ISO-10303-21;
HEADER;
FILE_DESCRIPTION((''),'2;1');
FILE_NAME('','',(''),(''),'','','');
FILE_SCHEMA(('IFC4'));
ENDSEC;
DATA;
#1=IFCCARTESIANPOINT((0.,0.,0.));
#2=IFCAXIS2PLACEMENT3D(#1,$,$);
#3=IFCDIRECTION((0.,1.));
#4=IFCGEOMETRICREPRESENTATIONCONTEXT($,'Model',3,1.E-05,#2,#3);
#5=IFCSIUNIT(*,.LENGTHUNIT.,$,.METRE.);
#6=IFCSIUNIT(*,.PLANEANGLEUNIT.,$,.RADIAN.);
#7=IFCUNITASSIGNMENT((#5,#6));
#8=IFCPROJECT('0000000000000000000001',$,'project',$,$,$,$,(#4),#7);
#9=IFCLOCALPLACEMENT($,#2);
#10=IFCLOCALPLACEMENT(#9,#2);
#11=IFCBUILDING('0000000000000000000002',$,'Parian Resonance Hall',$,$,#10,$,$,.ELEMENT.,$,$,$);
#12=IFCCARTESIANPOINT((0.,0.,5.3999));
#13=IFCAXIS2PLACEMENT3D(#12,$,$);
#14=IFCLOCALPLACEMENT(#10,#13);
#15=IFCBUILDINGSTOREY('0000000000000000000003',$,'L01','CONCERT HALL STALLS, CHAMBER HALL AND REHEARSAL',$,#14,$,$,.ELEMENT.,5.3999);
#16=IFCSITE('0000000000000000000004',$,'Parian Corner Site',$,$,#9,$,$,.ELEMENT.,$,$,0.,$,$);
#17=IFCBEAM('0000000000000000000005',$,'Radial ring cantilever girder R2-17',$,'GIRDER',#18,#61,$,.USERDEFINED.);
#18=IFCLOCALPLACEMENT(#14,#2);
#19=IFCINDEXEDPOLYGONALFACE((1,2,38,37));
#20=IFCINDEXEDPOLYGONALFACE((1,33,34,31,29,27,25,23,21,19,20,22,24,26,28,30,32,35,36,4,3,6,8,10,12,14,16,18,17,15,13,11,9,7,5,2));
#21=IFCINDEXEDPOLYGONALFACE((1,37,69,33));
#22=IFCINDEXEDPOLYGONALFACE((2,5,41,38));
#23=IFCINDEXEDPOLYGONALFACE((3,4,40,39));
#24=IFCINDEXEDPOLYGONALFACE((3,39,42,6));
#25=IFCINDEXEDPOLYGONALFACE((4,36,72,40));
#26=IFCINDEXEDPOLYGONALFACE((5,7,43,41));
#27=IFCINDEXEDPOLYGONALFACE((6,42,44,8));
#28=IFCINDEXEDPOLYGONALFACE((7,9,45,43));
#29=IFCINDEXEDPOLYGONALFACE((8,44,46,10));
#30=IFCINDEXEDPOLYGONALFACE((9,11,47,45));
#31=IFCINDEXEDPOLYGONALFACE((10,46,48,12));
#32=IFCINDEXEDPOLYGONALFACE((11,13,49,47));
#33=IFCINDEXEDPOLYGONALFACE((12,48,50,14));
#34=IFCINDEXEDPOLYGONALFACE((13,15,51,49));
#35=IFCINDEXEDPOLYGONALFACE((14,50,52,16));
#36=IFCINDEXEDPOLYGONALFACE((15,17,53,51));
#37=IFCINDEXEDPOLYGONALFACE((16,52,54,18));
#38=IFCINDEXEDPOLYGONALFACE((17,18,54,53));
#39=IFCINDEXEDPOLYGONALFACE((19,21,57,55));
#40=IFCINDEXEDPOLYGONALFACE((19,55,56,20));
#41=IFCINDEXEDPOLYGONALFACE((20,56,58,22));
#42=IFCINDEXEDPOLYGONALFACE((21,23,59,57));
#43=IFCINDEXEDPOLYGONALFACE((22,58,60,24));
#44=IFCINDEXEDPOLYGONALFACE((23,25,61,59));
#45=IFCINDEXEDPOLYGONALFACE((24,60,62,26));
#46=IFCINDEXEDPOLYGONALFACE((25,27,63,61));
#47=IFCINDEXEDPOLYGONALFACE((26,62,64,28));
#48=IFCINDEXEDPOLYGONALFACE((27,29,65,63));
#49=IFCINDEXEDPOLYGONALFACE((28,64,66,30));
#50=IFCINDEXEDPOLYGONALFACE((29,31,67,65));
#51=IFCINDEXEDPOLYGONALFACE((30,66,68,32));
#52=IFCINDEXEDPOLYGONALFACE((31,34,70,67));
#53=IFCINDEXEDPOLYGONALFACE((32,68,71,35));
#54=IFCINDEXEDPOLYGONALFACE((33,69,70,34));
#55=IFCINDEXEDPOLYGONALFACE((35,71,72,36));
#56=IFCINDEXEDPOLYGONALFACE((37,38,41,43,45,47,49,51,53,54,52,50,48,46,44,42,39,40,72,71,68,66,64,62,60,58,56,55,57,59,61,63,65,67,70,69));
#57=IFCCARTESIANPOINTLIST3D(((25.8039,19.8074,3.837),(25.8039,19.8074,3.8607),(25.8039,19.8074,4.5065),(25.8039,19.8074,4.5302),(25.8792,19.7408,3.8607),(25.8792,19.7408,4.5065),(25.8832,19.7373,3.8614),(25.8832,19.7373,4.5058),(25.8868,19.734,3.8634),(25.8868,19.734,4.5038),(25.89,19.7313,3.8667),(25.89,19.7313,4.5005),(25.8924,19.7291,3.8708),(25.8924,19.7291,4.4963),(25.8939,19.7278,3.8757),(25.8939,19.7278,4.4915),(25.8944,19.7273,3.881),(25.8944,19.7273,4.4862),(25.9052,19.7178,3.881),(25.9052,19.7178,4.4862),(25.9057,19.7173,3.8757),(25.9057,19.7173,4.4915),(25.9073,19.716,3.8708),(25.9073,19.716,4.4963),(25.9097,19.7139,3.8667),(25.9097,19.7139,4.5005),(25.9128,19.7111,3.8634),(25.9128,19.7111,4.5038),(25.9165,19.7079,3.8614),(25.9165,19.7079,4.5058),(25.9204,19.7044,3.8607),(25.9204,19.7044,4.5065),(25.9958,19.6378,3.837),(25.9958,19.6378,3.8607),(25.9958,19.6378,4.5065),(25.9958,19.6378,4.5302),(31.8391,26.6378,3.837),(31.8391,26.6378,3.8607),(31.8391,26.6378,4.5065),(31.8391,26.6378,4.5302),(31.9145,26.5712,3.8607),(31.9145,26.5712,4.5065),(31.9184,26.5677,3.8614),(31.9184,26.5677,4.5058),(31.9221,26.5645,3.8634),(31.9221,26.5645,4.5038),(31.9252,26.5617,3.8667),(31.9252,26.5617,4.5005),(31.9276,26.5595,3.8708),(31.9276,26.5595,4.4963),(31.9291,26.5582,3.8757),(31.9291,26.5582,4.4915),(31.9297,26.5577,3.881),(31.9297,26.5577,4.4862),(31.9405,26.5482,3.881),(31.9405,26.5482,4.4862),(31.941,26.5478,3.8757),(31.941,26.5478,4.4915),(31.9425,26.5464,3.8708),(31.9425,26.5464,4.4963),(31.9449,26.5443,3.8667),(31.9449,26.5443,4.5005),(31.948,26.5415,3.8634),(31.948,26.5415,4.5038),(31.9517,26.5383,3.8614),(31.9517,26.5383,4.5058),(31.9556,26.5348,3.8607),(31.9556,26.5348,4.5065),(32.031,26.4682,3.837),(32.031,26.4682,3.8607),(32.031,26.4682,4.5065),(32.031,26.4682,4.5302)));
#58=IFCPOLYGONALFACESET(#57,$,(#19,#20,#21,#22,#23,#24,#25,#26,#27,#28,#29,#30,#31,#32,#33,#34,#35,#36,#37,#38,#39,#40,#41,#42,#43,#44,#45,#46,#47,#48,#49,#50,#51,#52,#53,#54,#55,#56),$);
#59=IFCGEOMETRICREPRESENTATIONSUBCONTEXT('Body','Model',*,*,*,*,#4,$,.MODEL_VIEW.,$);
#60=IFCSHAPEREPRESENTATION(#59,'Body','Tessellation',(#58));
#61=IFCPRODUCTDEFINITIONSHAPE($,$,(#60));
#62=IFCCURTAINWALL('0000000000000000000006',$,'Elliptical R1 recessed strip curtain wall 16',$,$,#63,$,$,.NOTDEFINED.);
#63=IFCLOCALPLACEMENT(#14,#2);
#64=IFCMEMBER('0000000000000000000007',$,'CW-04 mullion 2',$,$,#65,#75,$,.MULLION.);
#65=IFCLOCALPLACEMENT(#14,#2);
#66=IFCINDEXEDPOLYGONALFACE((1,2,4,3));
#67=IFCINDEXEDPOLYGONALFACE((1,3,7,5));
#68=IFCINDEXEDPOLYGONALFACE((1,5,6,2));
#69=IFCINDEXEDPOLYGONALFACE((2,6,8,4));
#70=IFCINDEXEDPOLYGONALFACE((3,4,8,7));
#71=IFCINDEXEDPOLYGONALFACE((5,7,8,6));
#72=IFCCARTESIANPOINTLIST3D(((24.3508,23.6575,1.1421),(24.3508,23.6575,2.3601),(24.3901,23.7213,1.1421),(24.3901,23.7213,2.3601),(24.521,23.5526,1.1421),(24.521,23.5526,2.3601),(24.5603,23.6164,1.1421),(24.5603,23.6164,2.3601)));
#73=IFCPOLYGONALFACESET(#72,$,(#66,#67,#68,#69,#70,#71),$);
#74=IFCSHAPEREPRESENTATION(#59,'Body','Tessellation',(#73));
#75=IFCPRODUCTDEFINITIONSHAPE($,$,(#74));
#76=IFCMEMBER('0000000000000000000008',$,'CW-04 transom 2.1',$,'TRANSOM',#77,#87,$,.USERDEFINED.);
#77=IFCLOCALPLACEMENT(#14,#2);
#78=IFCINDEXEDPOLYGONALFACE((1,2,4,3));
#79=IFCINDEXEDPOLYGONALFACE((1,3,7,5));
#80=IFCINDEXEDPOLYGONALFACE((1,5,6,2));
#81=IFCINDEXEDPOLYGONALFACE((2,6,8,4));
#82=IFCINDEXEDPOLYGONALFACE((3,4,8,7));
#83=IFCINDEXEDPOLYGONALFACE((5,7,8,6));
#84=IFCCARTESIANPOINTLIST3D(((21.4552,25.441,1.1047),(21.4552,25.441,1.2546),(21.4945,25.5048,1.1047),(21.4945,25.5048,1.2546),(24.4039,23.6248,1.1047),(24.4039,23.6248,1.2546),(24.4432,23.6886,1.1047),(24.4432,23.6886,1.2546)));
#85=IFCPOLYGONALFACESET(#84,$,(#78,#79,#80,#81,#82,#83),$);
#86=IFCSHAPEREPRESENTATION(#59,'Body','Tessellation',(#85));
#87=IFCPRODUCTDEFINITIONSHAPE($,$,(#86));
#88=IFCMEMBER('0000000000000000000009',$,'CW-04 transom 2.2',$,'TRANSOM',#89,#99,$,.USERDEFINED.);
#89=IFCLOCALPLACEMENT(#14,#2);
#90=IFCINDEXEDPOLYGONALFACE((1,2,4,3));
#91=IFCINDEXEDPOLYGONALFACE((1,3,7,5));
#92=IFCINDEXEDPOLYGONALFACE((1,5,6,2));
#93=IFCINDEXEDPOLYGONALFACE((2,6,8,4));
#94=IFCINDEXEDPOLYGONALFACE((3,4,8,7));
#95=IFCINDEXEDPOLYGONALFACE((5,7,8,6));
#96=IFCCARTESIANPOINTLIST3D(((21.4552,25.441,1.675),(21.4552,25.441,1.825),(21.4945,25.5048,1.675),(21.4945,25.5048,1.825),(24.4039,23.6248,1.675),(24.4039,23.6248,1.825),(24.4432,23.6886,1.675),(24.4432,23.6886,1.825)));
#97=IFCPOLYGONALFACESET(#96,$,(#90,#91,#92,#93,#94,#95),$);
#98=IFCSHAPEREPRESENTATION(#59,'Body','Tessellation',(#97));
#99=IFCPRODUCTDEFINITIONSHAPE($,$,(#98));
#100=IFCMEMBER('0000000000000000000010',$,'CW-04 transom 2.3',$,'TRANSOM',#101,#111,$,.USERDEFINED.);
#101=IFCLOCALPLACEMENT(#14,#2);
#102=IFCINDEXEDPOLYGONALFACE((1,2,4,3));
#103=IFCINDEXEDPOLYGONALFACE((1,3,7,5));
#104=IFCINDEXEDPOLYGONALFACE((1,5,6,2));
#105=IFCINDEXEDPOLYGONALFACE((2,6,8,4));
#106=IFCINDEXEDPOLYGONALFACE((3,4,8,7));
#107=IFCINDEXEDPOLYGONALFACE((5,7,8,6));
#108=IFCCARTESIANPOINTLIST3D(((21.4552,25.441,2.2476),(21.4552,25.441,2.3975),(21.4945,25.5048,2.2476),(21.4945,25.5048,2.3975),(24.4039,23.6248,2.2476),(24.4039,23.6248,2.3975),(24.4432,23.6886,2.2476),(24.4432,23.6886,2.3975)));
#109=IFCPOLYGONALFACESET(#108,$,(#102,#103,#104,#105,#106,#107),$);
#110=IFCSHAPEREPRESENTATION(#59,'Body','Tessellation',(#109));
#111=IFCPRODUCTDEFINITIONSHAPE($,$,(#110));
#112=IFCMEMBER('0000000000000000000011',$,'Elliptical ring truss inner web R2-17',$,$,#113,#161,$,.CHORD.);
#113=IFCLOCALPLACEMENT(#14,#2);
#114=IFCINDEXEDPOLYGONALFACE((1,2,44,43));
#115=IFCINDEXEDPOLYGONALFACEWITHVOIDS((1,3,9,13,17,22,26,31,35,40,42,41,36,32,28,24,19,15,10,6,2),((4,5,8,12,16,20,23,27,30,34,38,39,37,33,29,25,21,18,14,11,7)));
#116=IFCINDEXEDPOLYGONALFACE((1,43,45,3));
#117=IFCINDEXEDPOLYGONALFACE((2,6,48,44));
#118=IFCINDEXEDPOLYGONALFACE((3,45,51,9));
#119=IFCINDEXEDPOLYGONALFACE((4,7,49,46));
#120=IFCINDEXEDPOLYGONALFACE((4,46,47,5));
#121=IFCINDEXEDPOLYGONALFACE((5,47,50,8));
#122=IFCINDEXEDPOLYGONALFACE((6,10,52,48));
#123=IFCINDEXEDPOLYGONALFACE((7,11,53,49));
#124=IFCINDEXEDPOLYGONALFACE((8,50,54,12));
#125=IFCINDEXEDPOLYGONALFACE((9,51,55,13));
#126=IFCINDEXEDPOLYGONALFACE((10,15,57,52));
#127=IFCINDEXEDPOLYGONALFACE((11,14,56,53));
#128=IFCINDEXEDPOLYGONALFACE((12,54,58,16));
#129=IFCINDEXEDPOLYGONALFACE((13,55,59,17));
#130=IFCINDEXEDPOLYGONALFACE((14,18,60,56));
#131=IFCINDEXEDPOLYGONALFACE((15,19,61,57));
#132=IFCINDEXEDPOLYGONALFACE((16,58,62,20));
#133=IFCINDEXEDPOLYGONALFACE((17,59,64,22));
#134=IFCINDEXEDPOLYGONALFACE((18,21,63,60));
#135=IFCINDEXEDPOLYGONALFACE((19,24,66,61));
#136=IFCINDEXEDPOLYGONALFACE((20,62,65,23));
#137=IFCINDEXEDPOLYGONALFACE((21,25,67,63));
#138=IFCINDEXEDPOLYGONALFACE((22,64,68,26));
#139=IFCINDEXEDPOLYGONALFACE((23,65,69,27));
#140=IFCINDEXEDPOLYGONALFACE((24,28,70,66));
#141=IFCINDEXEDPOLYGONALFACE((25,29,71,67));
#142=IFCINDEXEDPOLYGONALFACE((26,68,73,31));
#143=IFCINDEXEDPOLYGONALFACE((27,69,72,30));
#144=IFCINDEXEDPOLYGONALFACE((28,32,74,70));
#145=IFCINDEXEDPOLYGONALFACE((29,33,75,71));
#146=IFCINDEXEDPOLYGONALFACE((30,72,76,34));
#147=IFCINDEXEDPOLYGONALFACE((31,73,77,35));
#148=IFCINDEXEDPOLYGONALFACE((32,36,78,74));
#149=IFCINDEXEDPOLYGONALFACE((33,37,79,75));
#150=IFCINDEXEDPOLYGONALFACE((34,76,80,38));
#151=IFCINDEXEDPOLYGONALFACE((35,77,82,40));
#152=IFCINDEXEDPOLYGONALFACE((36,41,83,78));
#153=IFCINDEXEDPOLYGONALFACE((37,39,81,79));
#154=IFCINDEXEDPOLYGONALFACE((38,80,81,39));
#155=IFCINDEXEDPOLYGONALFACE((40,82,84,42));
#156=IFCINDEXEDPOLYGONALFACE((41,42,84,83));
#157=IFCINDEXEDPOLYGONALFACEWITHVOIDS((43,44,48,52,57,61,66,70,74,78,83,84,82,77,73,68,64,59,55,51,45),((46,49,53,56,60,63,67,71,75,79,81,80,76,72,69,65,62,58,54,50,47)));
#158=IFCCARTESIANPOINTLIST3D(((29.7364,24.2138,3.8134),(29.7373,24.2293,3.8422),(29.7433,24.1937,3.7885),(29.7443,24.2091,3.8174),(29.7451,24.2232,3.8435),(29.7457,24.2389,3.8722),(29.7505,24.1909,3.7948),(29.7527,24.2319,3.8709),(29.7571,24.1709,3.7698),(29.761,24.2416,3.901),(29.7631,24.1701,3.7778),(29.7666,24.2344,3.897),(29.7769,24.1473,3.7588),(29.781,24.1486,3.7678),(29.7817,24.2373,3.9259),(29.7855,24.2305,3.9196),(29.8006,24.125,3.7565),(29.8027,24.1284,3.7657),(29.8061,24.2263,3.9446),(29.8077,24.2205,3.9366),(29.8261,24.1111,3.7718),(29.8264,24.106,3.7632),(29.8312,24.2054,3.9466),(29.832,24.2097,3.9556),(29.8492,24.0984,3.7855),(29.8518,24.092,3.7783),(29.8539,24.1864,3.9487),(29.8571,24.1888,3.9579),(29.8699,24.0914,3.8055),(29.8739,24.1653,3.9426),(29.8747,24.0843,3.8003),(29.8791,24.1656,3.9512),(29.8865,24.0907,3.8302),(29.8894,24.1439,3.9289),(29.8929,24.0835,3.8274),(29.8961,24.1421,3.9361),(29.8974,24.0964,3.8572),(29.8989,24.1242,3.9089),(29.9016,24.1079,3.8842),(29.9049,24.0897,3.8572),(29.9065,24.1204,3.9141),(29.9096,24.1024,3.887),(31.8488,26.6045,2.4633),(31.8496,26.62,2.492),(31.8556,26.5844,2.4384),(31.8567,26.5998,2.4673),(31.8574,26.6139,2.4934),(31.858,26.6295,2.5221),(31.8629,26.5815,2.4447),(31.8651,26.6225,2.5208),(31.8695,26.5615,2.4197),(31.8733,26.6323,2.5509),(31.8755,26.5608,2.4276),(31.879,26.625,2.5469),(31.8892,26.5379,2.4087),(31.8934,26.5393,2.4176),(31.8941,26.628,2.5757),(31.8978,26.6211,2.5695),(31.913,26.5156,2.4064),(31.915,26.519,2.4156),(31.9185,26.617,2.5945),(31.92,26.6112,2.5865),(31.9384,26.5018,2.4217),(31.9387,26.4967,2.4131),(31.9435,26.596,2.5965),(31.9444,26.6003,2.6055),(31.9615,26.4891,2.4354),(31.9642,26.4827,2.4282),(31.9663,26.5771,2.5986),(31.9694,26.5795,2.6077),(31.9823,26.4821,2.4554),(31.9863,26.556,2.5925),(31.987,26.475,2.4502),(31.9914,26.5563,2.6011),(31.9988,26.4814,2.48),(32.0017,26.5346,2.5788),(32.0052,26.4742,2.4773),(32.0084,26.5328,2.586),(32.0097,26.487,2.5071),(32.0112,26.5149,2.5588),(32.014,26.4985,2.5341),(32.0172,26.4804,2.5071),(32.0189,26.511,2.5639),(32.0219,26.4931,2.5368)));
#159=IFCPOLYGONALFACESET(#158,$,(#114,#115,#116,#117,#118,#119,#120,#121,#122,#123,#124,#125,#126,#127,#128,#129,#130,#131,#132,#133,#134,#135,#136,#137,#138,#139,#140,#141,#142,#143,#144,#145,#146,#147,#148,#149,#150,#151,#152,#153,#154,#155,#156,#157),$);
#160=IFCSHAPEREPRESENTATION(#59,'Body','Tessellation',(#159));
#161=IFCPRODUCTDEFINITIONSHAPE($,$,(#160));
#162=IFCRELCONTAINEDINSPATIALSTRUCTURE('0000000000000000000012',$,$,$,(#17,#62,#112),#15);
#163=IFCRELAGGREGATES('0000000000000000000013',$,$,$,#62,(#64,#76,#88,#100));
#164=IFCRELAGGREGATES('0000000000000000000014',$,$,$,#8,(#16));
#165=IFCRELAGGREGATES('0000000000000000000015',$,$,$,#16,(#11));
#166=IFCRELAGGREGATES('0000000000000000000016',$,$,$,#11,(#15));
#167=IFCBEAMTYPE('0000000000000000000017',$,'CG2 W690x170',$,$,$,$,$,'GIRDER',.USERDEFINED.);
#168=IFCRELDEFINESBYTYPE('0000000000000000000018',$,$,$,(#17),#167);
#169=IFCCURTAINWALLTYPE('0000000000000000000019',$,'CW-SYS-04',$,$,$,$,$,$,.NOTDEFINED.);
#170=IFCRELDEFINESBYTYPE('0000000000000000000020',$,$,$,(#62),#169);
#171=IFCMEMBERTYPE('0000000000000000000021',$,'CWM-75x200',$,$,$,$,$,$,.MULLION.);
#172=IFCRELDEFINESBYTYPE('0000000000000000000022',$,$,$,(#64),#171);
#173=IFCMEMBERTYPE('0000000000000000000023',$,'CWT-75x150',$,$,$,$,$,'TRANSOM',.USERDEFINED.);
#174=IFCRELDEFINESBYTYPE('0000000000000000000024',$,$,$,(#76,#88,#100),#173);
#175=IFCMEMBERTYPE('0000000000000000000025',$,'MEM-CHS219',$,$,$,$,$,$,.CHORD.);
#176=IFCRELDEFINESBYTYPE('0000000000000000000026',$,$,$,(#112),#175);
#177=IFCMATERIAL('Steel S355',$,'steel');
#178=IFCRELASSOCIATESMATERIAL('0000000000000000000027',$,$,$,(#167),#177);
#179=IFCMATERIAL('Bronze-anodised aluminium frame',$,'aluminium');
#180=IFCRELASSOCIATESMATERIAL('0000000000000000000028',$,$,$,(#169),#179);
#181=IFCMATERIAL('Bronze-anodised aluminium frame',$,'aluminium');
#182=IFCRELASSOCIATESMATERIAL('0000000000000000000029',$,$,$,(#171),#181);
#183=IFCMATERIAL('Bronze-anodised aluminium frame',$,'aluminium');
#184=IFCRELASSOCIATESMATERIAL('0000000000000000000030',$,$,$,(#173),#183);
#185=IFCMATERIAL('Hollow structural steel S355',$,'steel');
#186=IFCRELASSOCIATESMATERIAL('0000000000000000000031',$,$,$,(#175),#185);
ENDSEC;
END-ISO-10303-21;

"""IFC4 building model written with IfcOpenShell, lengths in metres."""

from ifc_helpers import new_model, si_unit, direction, frame, origin, origin_2d, place, context, subcontext, project, spatial, rectangle, hollow_circle, i_section, extrude, material, material_profile, profile_set, type_object, element, aggregate, save


model = new_model("IFC4")

# Units and contexts
model_context = context("Model", 3, precision=1e-05, world=origin(), true_north=direction((0.0, 1.0)))
body_context = subcontext(model_context, "Body", "Model", "MODEL_VIEW")
ifc_project = project(units=[si_unit("LENGTHUNIT", "METRE"), si_unit("PLANEANGLEUNIT", "RADIAN")], contexts=[model_context])

# Site, building, storey
site_placement = place(None, origin())
site = spatial("IfcSite", under=ifc_project, at=site_placement, Name="Parian Corner Site", CompositionType="ELEMENT", RefElevation=0.0)
building_placement = place(site_placement, origin())
building = spatial("IfcBuilding", under=site, at=building_placement, Name="Parian Resonance Hall", CompositionType="ELEMENT")
storey_placement = place(building_placement, frame((0.0, 0.0, 5.3999)))
storey = spatial("IfcBuildingStorey", under=building, at=storey_placement, Name="L01", Description="CONCERT HALL STALLS, CHAMBER HALL AND REHEARSAL", CompositionType="ELEMENT", Elevation=5.3999)

# Beam
ifc_material_1 = material(Name="Steel S355", Category="steel")
ifc_material_profile_1 = material_profile(ifc_material_1, i_section(OverallWidth=0.2561, OverallDepth=0.6931, WebThickness=0.0144, FlangeThickness=0.0237, FilletRadius=0.0203, at=origin_2d()), Name="W690x170")
ifc_profile_set_1 = profile_set([ifc_material_profile_1], Name="Steel S355")
beam_type = type_object("IfcBeamType", Name="CG2 W690x170", ElementType="GIRDER", PredefinedType="USERDEFINED", material=ifc_profile_set_1)
beam_1_placement = place(storey_placement, frame((31.9351, 26.553, 4.1836), z_axis=(-0.66214, -0.74938, 0.0), x_axis=(0.74938, -0.66214, 0.0)))
element("IfcBeam", 1, at=beam_1_placement, inside=storey, type_object=beam_type, Name="Radial ring cantilever girder R2-17", ObjectType="GIRDER", PredefinedType="USERDEFINED", context=body_context, shape_type="SweptSolid", body=[
    extrude(i_section(OverallWidth=0.2561, OverallDepth=0.6931, WebThickness=0.0144, FlangeThickness=0.0237, FilletRadius=0.0203, at=origin_2d()), origin(), (0.0, 0.0, 1.0), 9.1147),
])

# Curtain wall, members
ifc_material_2 = material(Name="Bronze-anodised aluminium frame", Category="aluminium")
curtain_wall_type = type_object("IfcCurtainWallType", Name="CW-SYS-04", PredefinedType="NOTDEFINED", material=ifc_material_2)
curtain_wall_placement = place(storey_placement, origin())
curtain_wall = element("IfcCurtainWall", 2, at=curtain_wall_placement, inside=storey, type_object=curtain_wall_type, Name="Elliptical R1 recessed strip curtain wall 16", PredefinedType="NOTDEFINED")
ifc_material_3 = material(Name="Bronze-anodised aluminium frame", Category="aluminium")
ifc_material_profile_2 = material_profile(ifc_material_3, rectangle(XDim=0.075, YDim=0.2, at=origin_2d()), Name="CWM-75x200")
ifc_profile_set_2 = profile_set([ifc_material_profile_2], Name="Bronze-anodised aluminium frame")
member_type_1 = type_object("IfcMemberType", Name="CWM-75x200", PredefinedType="MULLION", material=ifc_profile_set_2)
member_1_placement = place(storey_placement, frame((24.4556, 23.637, 1.1421), z_axis=(0.0, 0.0, 1.0), x_axis=(-0.524451, -0.851441, 0.0)))
member_1 = element("IfcMember", 3, at=member_1_placement, type_object=member_type_1, Name="CW-04 mullion 2", PredefinedType="MULLION", context=body_context, shape_type="SweptSolid", body=[
    extrude(rectangle(XDim=0.075, YDim=0.2, at=origin_2d()), origin(), (0.0, 0.0, 1.0), 1.218),
])
ifc_material_4 = material(Name="Bronze-anodised aluminium frame", Category="aluminium")
ifc_material_profile_3 = material_profile(ifc_material_4, rectangle(XDim=0.075, YDim=0.1499, at=origin_2d()), Name="CWT-75x150")
ifc_profile_set_3 = profile_set([ifc_material_profile_3], Name="Bronze-anodised aluminium frame")
member_type_2 = type_object("IfcMemberType", Name="CWT-75x150", ElementType="TRANSOM", PredefinedType="USERDEFINED", material=ifc_profile_set_3)
member_2_placement = place(storey_placement, frame((24.4236, 23.6567, 1.1797), z_axis=(-0.851457, 0.524424, 0.0), x_axis=(-0.524424, -0.851457, 0.0)))
member_2 = element("IfcMember", 4, at=member_2_placement, type_object=member_type_2, Name="CW-04 transom 2.1", ObjectType="TRANSOM", PredefinedType="USERDEFINED", context=body_context, shape_type="SweptSolid", body=[
    extrude(rectangle(XDim=0.075, YDim=0.1499, at=origin_2d()), origin(), (0.0, 0.0, 1.0), 3.4631),
])
member_3_placement = place(storey_placement, frame((24.4236, 23.6567, 1.75), z_axis=(-0.851457, 0.524424, 0.0), x_axis=(-0.524424, -0.851457, 0.0)))
member_3 = element("IfcMember", 5, at=member_3_placement, type_object=member_type_2, Name="CW-04 transom 2.2", ObjectType="TRANSOM", PredefinedType="USERDEFINED", context=body_context, shape_type="SweptSolid", body=[
    extrude(rectangle(XDim=0.075, YDim=0.1499, at=origin_2d()), origin(), (0.0, 0.0, 1.0), 3.4631),
])
member_4_placement = place(storey_placement, frame((24.4236, 23.6567, 2.3225), z_axis=(-0.851457, 0.524424, 0.0), x_axis=(-0.524424, -0.851457, 0.0)))
member_4 = element("IfcMember", 6, at=member_4_placement, type_object=member_type_2, Name="CW-04 transom 2.3", ObjectType="TRANSOM", PredefinedType="USERDEFINED", context=body_context, shape_type="SweptSolid", body=[
    extrude(rectangle(XDim=0.075, YDim=0.1499, at=origin_2d()), origin(), (0.0, 0.0, 1.0), 3.4631),
])

# Member
ifc_material_5 = material(Name="Hollow structural steel S355", Category="steel")
ifc_material_profile_4 = material_profile(ifc_material_5, hollow_circle(Radius=0.1096, WallThickness=0.01, at=origin_2d()), Name="CHS219.1x10")
ifc_profile_set_4 = profile_set([ifc_material_profile_4], Name="Hollow structural steel S355")
member_type_3 = type_object("IfcMemberType", Name="MEM-CHS219", PredefinedType="CHORD", material=ifc_profile_set_4)
member_5_placement = place(storey_placement, frame((31.9351, 26.553, 2.5071), z_axis=(-0.609778, -0.690123, 0.389745), x_axis=(0.749382, -0.662138, 0.0)))
element("IfcMember", 7, at=member_5_placement, inside=storey, type_object=member_type_3, Name="Elliptical ring truss inner web R2-17", PredefinedType="CHORD", context=body_context, shape_type="SweptSolid", body=[
    extrude(hollow_circle(Radius=0.1096, WallThickness=0.01, at=origin_2d()), origin(), (0.0, 0.0, 1.0), 3.4641),
])

aggregate(curtain_wall, [member_1, member_2, member_3, member_4])

save(model, "model.ifc")
